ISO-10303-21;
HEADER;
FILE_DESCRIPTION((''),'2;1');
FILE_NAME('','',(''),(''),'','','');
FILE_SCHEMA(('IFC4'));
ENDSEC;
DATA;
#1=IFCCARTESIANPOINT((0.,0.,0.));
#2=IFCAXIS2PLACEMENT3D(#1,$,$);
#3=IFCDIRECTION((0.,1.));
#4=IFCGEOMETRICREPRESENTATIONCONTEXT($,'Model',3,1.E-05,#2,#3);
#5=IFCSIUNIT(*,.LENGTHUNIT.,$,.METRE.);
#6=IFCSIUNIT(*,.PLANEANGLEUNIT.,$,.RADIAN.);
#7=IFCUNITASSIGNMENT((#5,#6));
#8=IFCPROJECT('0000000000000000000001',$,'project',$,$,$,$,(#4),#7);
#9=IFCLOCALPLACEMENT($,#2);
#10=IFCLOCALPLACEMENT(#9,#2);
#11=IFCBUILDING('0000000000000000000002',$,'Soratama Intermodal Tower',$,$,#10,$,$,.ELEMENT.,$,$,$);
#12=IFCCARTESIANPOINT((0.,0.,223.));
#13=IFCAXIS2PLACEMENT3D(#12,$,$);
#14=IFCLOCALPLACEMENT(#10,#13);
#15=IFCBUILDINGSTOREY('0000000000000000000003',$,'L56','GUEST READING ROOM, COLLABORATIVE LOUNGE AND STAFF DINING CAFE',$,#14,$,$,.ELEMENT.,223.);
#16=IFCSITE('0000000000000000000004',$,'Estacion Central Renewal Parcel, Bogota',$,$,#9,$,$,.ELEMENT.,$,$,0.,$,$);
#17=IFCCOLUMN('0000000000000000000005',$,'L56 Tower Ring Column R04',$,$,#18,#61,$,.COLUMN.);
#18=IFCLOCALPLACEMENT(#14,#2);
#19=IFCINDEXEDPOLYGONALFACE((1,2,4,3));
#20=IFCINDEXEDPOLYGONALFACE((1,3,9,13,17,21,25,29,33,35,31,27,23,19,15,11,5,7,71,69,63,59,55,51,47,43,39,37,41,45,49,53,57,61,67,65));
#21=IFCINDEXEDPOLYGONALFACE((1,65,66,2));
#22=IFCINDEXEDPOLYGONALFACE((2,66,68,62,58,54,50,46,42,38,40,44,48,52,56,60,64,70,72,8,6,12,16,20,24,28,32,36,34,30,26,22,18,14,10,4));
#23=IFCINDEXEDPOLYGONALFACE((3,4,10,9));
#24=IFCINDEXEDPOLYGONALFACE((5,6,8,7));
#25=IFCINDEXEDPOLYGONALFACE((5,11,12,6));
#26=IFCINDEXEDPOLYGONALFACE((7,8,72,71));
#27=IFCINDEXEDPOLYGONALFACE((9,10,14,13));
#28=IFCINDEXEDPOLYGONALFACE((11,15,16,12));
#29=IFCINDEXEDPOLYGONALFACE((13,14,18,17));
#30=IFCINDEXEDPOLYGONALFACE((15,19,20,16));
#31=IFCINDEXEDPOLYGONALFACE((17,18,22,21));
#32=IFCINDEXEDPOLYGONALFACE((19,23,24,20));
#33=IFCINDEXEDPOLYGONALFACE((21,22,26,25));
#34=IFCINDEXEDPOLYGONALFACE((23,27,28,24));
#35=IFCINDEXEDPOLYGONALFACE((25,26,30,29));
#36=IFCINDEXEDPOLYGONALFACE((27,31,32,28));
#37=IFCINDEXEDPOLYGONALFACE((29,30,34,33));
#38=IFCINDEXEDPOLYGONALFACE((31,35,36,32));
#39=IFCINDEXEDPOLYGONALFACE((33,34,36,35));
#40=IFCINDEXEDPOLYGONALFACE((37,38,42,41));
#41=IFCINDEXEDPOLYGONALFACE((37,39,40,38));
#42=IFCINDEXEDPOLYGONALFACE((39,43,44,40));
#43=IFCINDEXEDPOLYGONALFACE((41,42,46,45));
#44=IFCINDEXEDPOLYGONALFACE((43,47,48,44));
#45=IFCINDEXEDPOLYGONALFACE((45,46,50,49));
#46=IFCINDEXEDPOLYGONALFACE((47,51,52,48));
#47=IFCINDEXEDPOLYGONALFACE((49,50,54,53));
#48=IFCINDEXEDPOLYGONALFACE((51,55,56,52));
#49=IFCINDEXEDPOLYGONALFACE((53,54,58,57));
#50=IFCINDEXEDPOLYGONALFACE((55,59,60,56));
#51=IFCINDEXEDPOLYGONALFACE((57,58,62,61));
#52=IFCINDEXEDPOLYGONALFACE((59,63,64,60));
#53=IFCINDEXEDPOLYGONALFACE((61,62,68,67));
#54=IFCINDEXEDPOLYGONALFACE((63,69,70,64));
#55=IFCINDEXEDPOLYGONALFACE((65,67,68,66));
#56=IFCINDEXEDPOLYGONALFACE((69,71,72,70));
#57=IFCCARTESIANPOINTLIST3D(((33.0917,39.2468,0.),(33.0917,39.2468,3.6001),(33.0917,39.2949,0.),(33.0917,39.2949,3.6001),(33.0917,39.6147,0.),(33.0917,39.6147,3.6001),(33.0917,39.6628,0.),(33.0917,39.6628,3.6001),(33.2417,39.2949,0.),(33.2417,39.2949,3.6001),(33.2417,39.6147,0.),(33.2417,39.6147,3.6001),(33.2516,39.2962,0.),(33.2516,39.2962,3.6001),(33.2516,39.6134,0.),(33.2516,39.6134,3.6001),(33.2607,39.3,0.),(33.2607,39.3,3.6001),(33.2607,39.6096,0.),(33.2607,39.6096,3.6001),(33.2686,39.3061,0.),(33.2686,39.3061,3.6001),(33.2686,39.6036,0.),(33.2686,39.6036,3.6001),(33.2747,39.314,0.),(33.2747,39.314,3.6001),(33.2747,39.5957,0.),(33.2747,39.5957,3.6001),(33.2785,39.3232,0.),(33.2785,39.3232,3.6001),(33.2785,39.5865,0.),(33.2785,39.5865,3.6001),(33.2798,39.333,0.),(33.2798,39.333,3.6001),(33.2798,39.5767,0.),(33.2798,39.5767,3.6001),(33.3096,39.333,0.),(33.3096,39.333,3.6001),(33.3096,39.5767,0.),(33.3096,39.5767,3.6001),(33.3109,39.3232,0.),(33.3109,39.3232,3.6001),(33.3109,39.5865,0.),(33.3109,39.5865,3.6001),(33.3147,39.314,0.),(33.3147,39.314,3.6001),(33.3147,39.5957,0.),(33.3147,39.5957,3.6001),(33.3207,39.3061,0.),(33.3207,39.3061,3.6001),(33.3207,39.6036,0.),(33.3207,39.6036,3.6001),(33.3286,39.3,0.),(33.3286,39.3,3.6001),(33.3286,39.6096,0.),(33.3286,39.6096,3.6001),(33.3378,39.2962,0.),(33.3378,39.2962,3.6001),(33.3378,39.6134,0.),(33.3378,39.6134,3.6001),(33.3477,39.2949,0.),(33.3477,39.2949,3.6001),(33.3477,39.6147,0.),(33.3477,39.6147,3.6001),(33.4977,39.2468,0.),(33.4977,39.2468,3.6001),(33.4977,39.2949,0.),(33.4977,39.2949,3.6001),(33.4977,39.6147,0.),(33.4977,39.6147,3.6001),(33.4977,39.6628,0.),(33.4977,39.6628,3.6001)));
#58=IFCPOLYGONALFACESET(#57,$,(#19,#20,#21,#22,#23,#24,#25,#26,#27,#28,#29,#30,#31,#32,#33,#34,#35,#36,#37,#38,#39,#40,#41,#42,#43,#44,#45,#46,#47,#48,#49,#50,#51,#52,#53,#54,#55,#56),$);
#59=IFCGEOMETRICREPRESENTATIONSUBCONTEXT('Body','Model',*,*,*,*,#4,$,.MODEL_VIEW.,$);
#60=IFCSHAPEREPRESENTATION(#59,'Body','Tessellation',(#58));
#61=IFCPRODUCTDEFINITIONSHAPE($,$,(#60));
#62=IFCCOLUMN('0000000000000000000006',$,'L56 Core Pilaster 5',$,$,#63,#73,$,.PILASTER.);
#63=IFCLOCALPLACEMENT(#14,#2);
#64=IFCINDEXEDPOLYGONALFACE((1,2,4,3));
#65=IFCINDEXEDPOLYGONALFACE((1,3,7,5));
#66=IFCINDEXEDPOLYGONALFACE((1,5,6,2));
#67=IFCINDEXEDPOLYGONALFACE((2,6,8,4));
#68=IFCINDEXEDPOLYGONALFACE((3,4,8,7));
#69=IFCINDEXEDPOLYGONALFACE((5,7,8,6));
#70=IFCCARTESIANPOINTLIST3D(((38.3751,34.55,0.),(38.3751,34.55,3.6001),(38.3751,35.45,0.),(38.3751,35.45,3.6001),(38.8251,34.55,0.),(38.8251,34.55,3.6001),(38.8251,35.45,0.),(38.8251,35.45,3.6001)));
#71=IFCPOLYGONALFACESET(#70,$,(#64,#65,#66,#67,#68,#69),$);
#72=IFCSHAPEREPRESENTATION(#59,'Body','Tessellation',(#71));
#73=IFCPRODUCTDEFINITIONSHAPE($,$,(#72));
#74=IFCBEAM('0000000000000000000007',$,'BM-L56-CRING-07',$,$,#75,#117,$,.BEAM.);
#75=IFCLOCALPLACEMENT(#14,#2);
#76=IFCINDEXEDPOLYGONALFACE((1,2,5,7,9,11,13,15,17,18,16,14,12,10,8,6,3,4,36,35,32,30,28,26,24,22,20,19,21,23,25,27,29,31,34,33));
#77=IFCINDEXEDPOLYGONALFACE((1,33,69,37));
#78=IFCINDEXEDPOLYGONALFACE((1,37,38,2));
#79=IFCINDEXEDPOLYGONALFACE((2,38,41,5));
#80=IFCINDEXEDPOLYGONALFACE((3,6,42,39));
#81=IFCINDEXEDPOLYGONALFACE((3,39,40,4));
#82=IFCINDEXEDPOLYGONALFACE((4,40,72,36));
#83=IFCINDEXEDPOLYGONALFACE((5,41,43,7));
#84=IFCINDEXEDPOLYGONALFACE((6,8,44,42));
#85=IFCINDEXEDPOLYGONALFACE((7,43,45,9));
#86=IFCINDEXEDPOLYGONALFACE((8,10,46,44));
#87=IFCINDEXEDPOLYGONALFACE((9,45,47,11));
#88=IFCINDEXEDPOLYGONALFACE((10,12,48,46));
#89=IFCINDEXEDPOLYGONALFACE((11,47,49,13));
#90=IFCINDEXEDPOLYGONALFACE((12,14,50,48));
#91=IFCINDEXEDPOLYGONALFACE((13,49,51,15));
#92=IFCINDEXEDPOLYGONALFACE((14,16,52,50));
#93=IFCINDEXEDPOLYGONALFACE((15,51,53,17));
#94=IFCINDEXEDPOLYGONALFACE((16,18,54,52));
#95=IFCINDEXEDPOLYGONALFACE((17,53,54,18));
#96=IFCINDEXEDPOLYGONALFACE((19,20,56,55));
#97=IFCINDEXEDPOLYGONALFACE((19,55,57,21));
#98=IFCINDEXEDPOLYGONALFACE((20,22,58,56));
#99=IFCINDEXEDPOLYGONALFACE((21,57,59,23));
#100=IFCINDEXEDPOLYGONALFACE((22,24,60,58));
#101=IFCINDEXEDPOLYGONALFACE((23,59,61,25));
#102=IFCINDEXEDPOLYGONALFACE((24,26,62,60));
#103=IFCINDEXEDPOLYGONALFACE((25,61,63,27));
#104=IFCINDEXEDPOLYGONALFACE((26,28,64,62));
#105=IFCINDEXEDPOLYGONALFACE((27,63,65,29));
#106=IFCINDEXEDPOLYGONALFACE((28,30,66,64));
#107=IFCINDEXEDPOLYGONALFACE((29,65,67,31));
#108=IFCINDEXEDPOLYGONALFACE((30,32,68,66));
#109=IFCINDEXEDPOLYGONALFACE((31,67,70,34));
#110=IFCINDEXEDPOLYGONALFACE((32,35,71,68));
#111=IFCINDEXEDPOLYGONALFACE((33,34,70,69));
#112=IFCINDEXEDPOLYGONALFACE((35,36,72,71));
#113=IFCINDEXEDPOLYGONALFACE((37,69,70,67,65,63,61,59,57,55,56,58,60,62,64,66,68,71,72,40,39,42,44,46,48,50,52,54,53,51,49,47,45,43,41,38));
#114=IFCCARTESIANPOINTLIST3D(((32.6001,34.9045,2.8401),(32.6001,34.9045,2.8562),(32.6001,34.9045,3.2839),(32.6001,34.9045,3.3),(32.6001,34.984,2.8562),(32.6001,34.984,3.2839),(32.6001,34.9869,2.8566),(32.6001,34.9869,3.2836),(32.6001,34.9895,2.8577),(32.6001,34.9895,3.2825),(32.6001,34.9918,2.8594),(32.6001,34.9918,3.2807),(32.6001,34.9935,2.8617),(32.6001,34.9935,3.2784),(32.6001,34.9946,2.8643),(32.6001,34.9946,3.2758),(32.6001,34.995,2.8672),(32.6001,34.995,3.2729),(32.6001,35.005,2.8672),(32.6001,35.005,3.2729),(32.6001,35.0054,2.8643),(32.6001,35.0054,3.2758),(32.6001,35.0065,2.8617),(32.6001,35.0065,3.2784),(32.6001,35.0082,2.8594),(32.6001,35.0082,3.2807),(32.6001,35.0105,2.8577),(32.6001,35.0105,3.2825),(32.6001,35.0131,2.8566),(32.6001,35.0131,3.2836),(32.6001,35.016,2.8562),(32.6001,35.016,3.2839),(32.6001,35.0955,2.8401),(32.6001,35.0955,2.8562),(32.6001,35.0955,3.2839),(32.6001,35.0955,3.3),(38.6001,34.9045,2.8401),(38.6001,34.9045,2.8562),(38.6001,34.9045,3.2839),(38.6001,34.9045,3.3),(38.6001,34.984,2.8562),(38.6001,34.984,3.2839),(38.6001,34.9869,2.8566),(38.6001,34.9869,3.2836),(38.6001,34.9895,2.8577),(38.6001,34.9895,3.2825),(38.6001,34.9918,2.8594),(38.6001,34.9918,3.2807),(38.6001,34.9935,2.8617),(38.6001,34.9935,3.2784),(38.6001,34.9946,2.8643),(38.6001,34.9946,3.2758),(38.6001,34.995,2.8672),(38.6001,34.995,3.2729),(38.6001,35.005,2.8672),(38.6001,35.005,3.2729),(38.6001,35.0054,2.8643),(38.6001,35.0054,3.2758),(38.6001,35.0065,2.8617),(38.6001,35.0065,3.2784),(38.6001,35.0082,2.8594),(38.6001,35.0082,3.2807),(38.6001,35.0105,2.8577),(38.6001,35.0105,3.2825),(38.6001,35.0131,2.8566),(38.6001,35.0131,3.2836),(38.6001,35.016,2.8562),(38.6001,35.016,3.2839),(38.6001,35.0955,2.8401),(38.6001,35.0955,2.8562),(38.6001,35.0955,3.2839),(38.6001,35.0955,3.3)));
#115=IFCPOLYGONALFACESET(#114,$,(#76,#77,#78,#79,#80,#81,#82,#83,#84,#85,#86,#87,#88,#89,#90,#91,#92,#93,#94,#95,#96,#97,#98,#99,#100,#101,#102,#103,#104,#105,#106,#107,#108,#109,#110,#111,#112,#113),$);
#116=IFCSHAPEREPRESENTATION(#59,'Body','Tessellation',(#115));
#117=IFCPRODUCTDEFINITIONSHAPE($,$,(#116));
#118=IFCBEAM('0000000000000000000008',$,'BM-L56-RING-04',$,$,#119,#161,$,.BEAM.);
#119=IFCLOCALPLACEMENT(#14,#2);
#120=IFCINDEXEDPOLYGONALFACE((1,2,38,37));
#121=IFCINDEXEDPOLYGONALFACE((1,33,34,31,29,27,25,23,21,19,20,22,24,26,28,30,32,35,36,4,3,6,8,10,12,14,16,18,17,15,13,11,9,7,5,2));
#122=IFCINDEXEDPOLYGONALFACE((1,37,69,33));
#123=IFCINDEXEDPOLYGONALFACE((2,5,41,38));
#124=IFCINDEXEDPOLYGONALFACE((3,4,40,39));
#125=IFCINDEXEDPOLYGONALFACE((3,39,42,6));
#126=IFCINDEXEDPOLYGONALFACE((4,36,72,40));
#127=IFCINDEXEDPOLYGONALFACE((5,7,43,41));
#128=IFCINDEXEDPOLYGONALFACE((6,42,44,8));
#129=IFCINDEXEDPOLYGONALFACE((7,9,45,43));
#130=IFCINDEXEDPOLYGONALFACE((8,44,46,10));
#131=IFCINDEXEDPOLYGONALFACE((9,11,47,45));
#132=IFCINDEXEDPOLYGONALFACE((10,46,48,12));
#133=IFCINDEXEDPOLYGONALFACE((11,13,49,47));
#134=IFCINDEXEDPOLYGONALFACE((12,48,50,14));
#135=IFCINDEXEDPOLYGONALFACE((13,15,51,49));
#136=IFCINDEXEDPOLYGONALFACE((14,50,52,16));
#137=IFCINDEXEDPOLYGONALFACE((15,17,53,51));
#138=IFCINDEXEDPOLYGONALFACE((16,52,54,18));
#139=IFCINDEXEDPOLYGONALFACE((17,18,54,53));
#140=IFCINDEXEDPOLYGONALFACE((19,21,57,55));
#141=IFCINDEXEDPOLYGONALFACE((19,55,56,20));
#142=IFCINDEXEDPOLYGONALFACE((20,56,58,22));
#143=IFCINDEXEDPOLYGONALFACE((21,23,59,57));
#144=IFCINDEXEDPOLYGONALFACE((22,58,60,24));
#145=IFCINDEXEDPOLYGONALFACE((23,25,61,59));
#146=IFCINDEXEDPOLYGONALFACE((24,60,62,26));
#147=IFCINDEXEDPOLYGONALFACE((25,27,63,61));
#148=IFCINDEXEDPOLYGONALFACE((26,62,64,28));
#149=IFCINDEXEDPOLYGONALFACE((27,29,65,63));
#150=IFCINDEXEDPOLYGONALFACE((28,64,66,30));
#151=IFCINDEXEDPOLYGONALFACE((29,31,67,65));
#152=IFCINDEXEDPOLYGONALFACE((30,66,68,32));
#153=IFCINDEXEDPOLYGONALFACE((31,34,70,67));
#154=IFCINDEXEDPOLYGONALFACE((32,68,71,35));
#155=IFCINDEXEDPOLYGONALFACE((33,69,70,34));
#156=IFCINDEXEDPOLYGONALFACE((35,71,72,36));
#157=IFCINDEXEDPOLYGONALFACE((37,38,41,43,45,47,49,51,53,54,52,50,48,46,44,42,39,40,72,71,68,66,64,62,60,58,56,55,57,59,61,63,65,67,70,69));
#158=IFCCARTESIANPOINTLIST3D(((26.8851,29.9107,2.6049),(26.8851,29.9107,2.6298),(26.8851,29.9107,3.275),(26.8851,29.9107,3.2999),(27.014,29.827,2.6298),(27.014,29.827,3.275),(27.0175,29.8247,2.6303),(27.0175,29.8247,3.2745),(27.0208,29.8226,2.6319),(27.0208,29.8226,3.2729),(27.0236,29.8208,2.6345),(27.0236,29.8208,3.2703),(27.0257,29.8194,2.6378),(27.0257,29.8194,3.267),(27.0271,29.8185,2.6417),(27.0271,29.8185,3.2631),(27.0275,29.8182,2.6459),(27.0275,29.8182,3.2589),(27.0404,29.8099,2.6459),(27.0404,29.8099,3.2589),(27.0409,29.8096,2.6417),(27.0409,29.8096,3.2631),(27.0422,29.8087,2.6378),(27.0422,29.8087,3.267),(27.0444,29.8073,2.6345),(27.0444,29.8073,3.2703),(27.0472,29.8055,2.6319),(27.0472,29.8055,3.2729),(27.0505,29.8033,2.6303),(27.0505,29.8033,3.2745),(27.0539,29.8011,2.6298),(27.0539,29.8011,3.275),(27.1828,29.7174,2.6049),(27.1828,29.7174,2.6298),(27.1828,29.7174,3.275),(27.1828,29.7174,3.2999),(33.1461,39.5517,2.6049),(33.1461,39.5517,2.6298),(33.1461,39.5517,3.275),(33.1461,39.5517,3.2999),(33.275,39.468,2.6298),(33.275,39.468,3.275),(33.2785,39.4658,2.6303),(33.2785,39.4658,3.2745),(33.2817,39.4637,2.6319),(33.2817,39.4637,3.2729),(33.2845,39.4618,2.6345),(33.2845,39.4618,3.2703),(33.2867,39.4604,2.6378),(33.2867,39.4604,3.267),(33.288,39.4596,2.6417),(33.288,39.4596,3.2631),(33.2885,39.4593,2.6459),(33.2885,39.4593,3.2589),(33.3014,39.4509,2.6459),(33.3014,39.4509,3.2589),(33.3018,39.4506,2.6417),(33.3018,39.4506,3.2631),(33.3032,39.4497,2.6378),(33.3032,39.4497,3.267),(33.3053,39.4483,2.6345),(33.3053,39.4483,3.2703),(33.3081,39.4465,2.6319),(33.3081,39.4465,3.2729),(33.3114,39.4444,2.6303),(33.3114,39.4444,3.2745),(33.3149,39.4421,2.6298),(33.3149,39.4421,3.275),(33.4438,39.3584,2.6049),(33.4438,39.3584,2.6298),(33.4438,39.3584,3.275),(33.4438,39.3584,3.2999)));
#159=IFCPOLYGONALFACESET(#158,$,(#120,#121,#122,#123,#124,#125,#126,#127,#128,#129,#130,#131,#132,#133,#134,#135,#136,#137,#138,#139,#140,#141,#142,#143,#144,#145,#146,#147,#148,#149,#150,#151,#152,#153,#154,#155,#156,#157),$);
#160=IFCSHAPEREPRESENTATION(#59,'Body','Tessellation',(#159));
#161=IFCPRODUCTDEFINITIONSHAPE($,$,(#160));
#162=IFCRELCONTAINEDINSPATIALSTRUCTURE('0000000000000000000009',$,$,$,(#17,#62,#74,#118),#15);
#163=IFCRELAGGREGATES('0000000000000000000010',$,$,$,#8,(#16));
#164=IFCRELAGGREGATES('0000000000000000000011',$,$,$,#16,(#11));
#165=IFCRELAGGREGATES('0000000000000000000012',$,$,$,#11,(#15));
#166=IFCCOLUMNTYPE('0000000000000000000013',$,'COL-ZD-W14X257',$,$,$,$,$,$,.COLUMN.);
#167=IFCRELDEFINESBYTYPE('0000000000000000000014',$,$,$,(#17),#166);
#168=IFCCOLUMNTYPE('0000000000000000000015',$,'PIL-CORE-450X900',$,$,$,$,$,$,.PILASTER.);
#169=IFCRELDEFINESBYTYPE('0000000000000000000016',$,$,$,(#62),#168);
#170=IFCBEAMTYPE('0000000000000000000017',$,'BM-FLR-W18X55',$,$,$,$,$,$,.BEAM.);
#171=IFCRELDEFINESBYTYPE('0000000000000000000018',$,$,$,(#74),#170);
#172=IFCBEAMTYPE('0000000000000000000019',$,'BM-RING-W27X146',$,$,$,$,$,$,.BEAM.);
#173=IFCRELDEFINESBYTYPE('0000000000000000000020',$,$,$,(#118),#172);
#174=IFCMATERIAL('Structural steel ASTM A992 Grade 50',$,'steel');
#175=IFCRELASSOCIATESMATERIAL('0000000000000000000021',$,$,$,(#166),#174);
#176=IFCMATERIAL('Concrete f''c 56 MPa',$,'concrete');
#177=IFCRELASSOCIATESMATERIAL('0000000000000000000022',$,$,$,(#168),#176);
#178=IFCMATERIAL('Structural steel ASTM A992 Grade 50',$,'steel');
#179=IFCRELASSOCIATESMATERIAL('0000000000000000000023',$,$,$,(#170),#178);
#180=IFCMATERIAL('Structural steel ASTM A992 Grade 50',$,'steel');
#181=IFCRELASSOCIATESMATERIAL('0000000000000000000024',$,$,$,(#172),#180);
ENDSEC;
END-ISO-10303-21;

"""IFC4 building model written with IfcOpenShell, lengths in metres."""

from ifc_helpers import new_model, si_unit, direction, frame, origin, origin_2d, place, context, subcontext, project, spatial, rectangle, i_section, extrude, material, material_profile, profile_set, type_object, element, save


model = new_model("IFC4")

# Units and contexts
model_context = context("Model", 3, precision=1e-05, world=origin(), true_north=direction((0.0, 1.0)))
body_context = subcontext(model_context, "Body", "Model", "MODEL_VIEW")
ifc_project = project(units=[si_unit("LENGTHUNIT", "METRE"), si_unit("PLANEANGLEUNIT", "RADIAN")], contexts=[model_context])

# Site, building, storey
site_placement = place(None, origin())
site = spatial("IfcSite", under=ifc_project, at=site_placement, Name="Estacion Central Renewal Parcel, Bogota", CompositionType="ELEMENT", RefElevation=0.0)
building_placement = place(site_placement, origin())
building = spatial("IfcBuilding", under=site, at=building_placement, Name="Soratama Intermodal Tower", CompositionType="ELEMENT")
storey_placement = place(building_placement, frame((0.0, 0.0, 223.0)))
storey = spatial("IfcBuildingStorey", under=building, at=storey_placement, Name="L56", Description="GUEST READING ROOM, COLLABORATIVE LOUNGE AND STAFF DINING CAFE", CompositionType="ELEMENT", Elevation=223.0)

# Columns
ifc_material_1 = material(Name="Structural steel ASTM A992 Grade 50", Category="steel")
ifc_material_profile_1 = material_profile(ifc_material_1, i_section(OverallWidth=0.406, OverallDepth=0.416, WebThickness=0.0298, FlangeThickness=0.0481, FilletRadius=0.0381, at=origin_2d()), Name="W14X257")
ifc_profile_set_1 = profile_set([ifc_material_profile_1], Name="Structural steel ASTM A992 Grade 50")
column_type_1 = type_object("IfcColumnType", Name="COL-ZD-W14X257", PredefinedType="COLUMN", material=ifc_profile_set_1)
column_1_placement = place(storey_placement, frame((33.2947, 39.4548, 0.0), z_axis=(0.0, 0.0, 1.0), x_axis=(1.0, 0.0, 0.0)))
element("IfcColumn", 1, at=column_1_placement, inside=storey, type_object=column_type_1, Name="L56 Tower Ring Column R04", PredefinedType="COLUMN", context=body_context, shape_type="SweptSolid", body=[
    extrude(i_section(OverallWidth=0.406, OverallDepth=0.416, WebThickness=0.0298, FlangeThickness=0.0481, FilletRadius=0.0381, at=origin_2d()), origin(), (0.0, 0.0, 1.0), 3.6001),
])
ifc_material_2 = material(Name="Concrete f'c 56 MPa", Category="concrete")
ifc_material_profile_2 = material_profile(ifc_material_2, rectangle(XDim=0.45, YDim=0.8999, at=origin_2d()), Name="RC450X900")
ifc_profile_set_2 = profile_set([ifc_material_profile_2], Name="Concrete f'c 56 MPa")
column_type_2 = type_object("IfcColumnType", Name="PIL-CORE-450X900", PredefinedType="PILASTER", material=ifc_profile_set_2)
column_2_placement = place(storey_placement, frame((38.6001, 35.0, 0.0), z_axis=(0.0, 0.0, 1.0), x_axis=(1.0, 0.0, 0.0)))
element("IfcColumn", 2, at=column_2_placement, inside=storey, type_object=column_type_2, Name="L56 Core Pilaster 5", PredefinedType="PILASTER", context=body_context, shape_type="SweptSolid", body=[
    extrude(rectangle(XDim=0.45, YDim=0.8999, at=origin_2d()), origin(), (0.0, 0.0, 1.0), 3.6001),
])

# Beams
ifc_material_3 = material(Name="Structural steel ASTM A992 Grade 50", Category="steel")
ifc_material_profile_3 = material_profile(ifc_material_3, i_section(OverallWidth=0.1909, OverallDepth=0.46, WebThickness=0.01, FlangeThickness=0.0161, FilletRadius=0.011, at=origin_2d()), Name="W18X55")
ifc_profile_set_3 = profile_set([ifc_material_profile_3], Name="Structural steel ASTM A992 Grade 50")
beam_type_1 = type_object("IfcBeamType", Name="BM-FLR-W18X55", PredefinedType="BEAM", material=ifc_profile_set_3)
beam_1_placement = place(storey_placement, frame((38.6001, 35.0, 3.0701), z_axis=(-1.0, 0.0, 0.0), x_axis=(0.0, -1.0, 0.0)))
element("IfcBeam", 3, at=beam_1_placement, inside=storey, type_object=beam_type_1, Name="BM-L56-CRING-07", PredefinedType="BEAM", context=body_context, shape_type="SweptSolid", body=[
    extrude(i_section(OverallWidth=0.1909, OverallDepth=0.46, WebThickness=0.01, FlangeThickness=0.0161, FilletRadius=0.011, at=origin_2d()), origin(), (0.0, 0.0, 1.0), 6.0),
])
ifc_material_4 = material(Name="Structural steel ASTM A992 Grade 50", Category="steel")
ifc_material_profile_4 = material_profile(ifc_material_4, i_section(OverallWidth=0.355, OverallDepth=0.6951, WebThickness=0.0154, FlangeThickness=0.0249, FilletRadius=0.0161, at=origin_2d()), Name="W27X146")
ifc_profile_set_4 = profile_set([ifc_material_profile_4], Name="Structural steel ASTM A992 Grade 50")
beam_type_2 = type_object("IfcBeamType", Name="BM-RING-W27X146", PredefinedType="BEAM", material=ifc_profile_set_4)
beam_2_placement = place(storey_placement, frame((33.2949, 39.4551, 2.9524), z_axis=(-0.544637, -0.838672, 0.0), x_axis=(0.838672, -0.544637, 0.0)))
element("IfcBeam", 4, at=beam_2_placement, inside=storey, type_object=beam_type_2, Name="BM-L56-RING-04", PredefinedType="BEAM", context=body_context, shape_type="SweptSolid", body=[
    extrude(i_section(OverallWidth=0.355, OverallDepth=0.6951, WebThickness=0.0154, FlangeThickness=0.0249, FilletRadius=0.0161, at=origin_2d()), origin(), (0.0, 0.0, 1.0), 11.4956),
])

save(model, "model.ifc")
